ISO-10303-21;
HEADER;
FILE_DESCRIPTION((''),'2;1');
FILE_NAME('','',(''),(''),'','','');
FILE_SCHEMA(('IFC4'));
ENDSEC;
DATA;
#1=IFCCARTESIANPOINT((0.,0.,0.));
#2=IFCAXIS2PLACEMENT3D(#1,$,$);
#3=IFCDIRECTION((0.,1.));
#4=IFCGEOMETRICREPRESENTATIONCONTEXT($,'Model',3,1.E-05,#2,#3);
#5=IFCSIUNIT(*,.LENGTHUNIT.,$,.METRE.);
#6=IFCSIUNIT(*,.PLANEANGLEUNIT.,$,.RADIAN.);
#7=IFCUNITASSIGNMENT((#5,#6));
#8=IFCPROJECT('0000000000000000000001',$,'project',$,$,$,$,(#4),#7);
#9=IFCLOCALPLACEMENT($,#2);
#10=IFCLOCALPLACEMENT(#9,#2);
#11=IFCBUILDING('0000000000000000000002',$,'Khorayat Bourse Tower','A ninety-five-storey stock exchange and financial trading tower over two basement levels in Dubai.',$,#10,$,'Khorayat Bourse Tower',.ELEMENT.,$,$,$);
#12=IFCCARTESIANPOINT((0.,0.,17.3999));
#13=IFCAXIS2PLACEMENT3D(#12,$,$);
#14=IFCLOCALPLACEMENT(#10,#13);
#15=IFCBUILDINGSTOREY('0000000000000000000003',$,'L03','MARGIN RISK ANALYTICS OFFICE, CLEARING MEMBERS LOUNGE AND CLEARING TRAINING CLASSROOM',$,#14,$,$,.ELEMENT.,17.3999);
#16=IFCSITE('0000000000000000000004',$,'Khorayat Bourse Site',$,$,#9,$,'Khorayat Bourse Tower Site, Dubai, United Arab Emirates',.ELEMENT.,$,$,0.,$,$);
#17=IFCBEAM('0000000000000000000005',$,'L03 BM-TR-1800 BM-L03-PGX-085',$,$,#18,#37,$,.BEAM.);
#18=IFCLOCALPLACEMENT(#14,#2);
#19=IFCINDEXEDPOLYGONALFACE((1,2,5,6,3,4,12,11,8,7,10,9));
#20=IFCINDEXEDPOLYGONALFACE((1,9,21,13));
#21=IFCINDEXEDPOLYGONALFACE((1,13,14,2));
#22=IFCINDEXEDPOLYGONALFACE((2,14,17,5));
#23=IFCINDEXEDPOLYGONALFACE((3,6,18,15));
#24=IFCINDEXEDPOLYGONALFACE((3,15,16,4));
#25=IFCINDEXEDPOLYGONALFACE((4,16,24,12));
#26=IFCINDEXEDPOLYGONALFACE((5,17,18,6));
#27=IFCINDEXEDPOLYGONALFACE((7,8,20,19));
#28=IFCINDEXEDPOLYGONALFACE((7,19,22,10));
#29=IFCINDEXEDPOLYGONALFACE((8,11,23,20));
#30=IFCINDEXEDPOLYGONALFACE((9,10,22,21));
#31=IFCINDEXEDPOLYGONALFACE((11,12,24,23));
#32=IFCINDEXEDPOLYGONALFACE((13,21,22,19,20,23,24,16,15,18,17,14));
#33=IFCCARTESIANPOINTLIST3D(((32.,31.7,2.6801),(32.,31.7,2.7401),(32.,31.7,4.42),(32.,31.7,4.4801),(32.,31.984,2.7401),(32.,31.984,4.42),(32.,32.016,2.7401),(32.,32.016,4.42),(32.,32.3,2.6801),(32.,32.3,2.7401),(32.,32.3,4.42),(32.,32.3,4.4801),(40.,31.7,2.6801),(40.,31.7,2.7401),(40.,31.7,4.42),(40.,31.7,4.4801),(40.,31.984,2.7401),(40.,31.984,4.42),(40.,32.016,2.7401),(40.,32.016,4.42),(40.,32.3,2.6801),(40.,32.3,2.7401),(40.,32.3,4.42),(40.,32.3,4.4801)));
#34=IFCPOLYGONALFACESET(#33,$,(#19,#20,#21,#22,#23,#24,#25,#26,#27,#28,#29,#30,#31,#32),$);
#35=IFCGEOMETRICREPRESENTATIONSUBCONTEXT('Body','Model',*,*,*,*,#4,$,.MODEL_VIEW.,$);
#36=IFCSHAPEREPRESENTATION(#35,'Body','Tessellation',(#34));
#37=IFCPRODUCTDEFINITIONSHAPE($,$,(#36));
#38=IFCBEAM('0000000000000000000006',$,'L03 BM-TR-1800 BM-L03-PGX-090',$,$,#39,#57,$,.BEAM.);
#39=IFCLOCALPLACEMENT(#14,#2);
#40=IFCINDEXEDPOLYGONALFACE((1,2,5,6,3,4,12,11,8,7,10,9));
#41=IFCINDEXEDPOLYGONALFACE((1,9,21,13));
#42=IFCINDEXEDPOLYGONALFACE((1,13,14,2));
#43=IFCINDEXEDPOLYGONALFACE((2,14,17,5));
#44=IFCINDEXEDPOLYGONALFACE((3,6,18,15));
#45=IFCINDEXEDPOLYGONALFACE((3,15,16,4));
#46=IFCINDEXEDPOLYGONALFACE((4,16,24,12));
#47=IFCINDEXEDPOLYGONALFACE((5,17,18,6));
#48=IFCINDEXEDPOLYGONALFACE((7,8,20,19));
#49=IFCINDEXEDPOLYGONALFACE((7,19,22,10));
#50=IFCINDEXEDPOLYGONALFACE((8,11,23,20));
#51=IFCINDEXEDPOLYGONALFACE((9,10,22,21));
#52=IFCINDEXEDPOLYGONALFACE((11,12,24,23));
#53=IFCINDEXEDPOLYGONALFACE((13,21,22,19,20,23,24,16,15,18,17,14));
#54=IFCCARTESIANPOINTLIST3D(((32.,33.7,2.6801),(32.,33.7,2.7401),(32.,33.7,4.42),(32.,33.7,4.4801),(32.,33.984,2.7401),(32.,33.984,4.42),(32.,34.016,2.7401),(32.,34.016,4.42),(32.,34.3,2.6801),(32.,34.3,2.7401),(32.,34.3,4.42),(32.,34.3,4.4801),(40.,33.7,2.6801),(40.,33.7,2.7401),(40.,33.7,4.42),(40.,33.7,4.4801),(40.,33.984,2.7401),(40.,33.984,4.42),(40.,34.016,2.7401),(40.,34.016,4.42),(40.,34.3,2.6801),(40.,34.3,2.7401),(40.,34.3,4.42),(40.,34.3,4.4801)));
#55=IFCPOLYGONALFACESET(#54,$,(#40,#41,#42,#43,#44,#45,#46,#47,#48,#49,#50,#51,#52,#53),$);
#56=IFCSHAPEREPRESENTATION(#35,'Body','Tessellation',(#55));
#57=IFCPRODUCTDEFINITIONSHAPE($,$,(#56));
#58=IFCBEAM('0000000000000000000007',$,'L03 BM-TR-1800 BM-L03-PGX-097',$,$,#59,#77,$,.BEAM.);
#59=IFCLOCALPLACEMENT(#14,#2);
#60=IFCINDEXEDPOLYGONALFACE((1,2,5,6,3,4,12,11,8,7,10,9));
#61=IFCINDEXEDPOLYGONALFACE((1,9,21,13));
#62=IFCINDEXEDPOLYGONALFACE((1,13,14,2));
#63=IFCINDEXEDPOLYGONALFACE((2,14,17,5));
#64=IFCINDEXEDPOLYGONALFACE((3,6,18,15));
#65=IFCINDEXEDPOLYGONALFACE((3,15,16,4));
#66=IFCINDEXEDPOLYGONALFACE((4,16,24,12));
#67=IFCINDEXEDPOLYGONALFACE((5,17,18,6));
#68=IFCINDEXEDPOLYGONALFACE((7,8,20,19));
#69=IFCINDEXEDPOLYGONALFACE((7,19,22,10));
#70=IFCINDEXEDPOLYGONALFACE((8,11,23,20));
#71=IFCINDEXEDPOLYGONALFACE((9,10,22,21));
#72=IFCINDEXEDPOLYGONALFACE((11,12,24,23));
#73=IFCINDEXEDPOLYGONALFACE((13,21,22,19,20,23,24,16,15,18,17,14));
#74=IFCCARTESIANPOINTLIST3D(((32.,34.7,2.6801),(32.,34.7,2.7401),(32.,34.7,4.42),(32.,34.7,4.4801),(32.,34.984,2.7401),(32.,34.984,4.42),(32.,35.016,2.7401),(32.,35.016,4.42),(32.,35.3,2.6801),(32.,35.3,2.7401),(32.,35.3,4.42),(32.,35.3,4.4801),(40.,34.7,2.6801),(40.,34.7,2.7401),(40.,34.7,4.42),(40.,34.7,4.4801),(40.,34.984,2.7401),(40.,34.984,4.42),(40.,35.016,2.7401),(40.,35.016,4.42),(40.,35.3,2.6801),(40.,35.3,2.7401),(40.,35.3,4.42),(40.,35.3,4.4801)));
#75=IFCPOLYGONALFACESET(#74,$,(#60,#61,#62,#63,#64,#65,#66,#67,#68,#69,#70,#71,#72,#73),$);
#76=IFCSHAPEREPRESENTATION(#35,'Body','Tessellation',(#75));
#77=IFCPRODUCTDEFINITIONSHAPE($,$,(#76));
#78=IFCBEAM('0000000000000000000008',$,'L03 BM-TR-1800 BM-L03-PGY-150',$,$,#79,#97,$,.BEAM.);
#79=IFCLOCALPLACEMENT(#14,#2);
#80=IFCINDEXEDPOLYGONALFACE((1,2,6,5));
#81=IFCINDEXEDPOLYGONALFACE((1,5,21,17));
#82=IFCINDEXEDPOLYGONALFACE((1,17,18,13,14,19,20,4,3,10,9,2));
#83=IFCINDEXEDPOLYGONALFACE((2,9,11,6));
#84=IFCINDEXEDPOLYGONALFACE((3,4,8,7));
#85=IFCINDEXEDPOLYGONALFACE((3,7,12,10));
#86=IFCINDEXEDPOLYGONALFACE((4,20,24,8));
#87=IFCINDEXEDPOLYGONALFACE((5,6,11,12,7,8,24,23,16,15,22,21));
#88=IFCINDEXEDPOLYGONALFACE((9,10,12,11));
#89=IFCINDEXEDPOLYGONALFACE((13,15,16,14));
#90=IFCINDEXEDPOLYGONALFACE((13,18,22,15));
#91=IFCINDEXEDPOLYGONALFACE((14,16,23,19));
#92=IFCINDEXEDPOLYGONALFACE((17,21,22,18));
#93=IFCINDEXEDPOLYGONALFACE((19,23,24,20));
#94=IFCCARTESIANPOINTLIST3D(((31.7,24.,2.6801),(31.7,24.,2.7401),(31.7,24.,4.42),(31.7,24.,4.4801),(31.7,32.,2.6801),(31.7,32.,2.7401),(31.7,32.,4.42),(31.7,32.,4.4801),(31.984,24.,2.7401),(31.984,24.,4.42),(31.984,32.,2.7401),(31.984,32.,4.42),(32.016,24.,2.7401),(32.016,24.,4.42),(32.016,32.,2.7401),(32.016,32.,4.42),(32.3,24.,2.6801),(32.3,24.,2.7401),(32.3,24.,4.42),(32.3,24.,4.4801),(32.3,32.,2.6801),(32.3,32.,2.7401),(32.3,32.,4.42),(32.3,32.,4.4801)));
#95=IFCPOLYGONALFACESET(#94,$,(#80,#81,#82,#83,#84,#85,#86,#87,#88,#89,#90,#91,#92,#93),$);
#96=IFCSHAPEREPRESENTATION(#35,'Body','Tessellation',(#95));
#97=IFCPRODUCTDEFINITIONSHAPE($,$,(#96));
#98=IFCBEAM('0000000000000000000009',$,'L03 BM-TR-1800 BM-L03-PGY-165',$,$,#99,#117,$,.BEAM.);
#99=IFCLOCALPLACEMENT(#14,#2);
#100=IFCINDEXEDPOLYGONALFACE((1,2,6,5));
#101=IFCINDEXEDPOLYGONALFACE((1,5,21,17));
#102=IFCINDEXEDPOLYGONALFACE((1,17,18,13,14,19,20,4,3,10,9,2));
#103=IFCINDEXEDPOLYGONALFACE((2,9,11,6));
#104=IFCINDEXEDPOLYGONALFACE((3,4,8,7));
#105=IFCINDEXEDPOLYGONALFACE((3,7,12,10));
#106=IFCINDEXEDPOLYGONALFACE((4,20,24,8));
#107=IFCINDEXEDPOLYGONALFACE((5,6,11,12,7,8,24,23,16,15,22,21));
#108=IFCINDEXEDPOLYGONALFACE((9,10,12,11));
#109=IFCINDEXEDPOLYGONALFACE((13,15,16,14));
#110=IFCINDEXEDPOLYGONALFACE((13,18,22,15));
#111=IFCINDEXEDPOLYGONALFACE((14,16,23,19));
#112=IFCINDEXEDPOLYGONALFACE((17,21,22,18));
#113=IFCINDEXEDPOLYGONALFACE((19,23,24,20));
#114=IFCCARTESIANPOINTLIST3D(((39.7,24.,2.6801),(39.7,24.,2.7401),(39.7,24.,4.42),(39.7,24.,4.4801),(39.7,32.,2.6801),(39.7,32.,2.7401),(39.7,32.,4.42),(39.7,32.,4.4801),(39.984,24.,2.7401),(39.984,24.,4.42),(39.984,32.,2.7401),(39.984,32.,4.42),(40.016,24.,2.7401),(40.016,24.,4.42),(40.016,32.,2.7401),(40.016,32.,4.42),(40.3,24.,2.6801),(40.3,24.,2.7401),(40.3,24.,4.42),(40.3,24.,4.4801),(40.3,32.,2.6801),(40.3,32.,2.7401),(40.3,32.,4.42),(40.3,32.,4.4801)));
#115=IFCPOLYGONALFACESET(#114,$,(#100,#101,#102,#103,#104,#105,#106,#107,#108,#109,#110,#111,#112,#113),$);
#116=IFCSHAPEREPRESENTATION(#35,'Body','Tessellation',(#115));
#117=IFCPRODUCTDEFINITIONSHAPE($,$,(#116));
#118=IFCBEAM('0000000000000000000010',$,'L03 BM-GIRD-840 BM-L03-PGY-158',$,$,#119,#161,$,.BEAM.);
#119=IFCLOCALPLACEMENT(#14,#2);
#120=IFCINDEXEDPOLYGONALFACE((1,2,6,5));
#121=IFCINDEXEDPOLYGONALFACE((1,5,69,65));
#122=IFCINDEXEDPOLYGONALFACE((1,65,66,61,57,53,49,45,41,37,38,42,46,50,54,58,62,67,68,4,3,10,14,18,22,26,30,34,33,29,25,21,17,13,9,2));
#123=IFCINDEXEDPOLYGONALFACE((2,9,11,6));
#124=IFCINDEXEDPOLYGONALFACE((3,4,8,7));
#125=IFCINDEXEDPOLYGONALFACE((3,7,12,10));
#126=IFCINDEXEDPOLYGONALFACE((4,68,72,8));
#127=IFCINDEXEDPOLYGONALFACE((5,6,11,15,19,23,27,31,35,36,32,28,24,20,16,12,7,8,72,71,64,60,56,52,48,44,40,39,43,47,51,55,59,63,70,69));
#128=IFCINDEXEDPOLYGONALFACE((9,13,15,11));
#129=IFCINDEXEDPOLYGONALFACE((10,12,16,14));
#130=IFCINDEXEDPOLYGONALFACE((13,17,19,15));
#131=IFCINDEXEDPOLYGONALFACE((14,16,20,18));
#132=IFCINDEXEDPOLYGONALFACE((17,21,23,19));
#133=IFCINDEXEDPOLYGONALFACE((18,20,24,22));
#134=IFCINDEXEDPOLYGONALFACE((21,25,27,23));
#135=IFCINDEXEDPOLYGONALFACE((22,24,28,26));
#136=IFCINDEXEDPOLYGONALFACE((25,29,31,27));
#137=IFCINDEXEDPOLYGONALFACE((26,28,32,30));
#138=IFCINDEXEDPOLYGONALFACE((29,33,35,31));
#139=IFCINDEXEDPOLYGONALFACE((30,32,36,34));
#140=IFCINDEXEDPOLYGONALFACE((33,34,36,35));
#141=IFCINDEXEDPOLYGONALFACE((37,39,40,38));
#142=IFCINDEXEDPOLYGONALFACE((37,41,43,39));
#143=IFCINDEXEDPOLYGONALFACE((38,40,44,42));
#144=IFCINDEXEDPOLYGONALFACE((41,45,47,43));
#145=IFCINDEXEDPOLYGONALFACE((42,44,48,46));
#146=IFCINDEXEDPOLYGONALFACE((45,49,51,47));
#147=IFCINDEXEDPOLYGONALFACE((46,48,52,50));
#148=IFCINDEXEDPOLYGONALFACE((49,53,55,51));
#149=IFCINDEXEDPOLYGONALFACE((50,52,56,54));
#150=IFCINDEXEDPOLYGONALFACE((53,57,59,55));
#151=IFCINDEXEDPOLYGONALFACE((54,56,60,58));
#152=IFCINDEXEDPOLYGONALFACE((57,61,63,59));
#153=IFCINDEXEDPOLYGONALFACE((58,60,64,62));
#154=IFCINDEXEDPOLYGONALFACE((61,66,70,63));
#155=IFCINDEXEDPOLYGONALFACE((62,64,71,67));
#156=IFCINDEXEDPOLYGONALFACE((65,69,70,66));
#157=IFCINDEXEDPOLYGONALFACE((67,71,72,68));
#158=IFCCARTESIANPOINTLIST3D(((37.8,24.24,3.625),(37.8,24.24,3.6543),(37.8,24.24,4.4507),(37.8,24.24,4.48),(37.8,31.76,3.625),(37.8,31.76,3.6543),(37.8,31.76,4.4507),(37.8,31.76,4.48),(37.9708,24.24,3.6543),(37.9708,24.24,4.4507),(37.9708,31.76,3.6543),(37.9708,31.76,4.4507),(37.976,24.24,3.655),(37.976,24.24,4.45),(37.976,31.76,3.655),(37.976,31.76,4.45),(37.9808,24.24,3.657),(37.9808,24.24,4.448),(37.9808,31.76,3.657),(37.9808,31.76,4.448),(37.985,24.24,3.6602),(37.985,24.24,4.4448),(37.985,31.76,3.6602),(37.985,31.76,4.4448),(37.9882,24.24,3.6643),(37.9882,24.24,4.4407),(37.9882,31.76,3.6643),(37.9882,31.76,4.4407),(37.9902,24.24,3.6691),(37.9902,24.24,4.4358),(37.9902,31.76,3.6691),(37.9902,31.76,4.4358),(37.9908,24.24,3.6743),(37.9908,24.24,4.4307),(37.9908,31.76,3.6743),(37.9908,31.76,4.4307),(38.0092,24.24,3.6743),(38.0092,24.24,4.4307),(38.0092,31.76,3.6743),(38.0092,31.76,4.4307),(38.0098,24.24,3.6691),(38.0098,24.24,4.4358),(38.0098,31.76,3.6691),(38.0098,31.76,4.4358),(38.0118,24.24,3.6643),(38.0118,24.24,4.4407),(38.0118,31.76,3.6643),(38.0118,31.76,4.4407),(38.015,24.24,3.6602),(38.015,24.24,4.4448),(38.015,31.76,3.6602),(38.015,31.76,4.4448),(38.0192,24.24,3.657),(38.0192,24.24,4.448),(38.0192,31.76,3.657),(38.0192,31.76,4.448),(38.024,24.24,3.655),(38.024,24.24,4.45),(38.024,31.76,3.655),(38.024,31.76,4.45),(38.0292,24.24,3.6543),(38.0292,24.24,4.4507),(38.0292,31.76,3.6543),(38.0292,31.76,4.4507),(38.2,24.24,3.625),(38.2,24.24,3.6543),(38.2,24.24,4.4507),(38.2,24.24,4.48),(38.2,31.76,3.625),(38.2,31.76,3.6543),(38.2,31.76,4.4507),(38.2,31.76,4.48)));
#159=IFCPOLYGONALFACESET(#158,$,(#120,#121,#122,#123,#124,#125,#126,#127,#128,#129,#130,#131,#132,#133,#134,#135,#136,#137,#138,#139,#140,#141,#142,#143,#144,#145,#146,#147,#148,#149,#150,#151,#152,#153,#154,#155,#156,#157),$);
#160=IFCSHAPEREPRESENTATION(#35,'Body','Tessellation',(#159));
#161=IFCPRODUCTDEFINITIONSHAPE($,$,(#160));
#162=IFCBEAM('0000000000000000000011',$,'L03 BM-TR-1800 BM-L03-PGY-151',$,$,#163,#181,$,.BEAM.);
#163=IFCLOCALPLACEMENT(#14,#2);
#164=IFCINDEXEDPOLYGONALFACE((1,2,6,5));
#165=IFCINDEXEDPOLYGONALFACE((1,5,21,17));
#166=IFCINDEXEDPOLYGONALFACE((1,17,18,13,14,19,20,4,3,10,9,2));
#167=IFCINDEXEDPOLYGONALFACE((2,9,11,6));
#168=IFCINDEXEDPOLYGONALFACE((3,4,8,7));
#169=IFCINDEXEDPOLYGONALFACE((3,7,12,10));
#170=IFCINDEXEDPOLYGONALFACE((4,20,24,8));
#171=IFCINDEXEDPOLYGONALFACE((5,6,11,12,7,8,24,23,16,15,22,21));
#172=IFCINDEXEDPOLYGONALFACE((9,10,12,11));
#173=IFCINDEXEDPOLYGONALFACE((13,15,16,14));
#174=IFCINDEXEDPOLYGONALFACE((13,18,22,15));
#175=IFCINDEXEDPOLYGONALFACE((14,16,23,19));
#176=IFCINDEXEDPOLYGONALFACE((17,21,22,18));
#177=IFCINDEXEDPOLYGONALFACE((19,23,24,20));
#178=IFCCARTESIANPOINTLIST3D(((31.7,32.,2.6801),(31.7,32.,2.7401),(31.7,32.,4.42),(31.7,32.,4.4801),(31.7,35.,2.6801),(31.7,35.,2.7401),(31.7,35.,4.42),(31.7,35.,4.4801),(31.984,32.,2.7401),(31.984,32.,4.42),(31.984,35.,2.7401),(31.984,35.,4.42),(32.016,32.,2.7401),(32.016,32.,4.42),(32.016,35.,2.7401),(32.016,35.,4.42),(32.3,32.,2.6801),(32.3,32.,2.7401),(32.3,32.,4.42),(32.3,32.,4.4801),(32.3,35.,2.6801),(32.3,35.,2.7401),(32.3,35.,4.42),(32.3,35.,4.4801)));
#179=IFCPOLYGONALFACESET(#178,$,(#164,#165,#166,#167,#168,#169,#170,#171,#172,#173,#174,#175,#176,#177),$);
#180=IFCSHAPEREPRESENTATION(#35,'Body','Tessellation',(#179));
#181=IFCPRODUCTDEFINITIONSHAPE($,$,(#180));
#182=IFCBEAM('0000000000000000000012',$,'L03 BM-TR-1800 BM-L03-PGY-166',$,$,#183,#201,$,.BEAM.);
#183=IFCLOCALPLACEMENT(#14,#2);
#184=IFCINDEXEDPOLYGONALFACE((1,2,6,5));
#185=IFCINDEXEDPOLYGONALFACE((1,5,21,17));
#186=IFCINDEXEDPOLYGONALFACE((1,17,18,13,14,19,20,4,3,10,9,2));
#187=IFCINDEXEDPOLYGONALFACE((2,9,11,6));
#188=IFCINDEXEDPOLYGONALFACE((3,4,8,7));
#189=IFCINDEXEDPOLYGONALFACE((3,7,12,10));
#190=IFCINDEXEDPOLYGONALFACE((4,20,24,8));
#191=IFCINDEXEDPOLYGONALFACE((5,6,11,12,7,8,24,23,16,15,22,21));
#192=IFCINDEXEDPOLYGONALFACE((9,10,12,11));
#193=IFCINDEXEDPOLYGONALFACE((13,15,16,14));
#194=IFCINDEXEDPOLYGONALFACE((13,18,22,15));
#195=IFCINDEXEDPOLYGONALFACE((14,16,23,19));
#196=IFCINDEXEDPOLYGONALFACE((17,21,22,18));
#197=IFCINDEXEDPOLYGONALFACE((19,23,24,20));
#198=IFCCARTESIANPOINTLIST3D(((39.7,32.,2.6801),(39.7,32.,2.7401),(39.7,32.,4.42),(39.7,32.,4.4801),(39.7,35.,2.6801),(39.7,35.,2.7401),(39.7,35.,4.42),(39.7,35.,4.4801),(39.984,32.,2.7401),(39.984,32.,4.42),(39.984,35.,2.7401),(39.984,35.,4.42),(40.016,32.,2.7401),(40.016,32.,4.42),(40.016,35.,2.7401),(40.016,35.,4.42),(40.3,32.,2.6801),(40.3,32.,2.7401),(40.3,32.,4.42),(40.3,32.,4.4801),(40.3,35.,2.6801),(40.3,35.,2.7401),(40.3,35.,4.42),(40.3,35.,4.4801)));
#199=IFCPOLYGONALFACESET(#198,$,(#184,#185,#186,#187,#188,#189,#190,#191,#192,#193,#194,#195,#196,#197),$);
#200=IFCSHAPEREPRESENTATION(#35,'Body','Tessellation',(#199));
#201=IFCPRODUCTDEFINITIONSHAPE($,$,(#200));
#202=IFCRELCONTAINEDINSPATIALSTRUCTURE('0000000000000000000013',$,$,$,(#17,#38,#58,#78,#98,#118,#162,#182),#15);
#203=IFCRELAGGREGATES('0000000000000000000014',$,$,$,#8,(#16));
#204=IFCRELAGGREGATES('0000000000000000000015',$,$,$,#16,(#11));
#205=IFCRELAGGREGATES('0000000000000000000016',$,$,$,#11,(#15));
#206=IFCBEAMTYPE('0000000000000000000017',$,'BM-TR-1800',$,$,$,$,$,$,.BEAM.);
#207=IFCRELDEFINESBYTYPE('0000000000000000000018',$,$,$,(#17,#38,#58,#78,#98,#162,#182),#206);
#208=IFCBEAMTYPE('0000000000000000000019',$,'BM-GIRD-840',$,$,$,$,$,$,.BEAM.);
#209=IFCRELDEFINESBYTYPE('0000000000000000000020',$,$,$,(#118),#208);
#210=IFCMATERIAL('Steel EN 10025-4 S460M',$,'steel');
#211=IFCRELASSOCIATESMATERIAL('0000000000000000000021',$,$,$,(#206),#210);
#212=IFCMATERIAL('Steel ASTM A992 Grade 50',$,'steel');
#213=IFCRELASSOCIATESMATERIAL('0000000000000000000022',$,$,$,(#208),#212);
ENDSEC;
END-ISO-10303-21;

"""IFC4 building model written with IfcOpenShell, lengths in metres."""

from ifc_helpers import new_model, si_unit, direction, frame, origin, origin_2d, place, context, subcontext, project, spatial, i_section, extrude, source, transform, mapped, material, material_profile, profile_set, type_object, element, save


model = new_model("IFC4")

# Units and contexts
model_context = context("Model", 3, precision=1e-05, world=origin(), true_north=direction((0.0, 1.0)))
body_context = subcontext(model_context, "Body", "Model", "MODEL_VIEW")
ifc_project = project(units=[si_unit("LENGTHUNIT", "METRE"), si_unit("PLANEANGLEUNIT", "RADIAN")], contexts=[model_context])

# Site, building, storey
site_placement = place(None, origin())
site = spatial("IfcSite", under=ifc_project, at=site_placement, Name="Khorayat Bourse Site", LongName="Khorayat Bourse Tower Site, Dubai, United Arab Emirates", CompositionType="ELEMENT", RefElevation=0.0)
building_placement = place(site_placement, origin())
building = spatial("IfcBuilding", under=site, at=building_placement, Name="Khorayat Bourse Tower", Description="A ninety-five-storey stock exchange and financial trading tower over two basement levels in Dubai.", LongName="Khorayat Bourse Tower", CompositionType="ELEMENT")
storey_placement = place(building_placement, frame((0.0, 0.0, 17.3999)))
storey = spatial("IfcBuildingStorey", under=building, at=storey_placement, Name="L03", Description="MARGIN RISK ANALYTICS OFFICE, CLEARING MEMBERS LOUNGE AND CLEARING TRAINING CLASSROOM", CompositionType="ELEMENT", Elevation=17.3999)

# Beams
ifc_material_1 = material(Name="Steel EN 10025-4 S460M", Category="steel")
ifc_material_profile_1 = material_profile(ifc_material_1, i_section(OverallWidth=0.6001, OverallDepth=1.8, WebThickness=0.032, FlangeThickness=0.0601, at=origin_2d()), Name="PG 1800x600x32x60")
ifc_profile_set_1 = profile_set([ifc_material_profile_1], Name="Steel EN 10025-4 S460M")
beam_type_1 = type_object("IfcBeamType", Name="BM-TR-1800", PredefinedType="BEAM", material=ifc_profile_set_1)
shared_shape_1 = source(origin(), body_context, "Body", "SweptSolid", [
    extrude(i_section(OverallWidth=0.6001, OverallDepth=1.8, WebThickness=0.032, FlangeThickness=0.0601, at=origin_2d()), origin(), (0.0, 0.0, 1.0), 8.0),
])
for number, where, z_axis, x_axis, name in (
    (1, (32.0, 32.0, 3.5801), (1.0, 0.0, 0.0), (0.0, 1.0, 0.0), "L03 BM-TR-1800 BM-L03-PGX-085"),
    (2, (32.0, 34.0, 3.5801), (1.0, 0.0, 0.0), (0.0, 1.0, 0.0), "L03 BM-TR-1800 BM-L03-PGX-090"),
    (3, (32.0, 35.0, 3.5801), (1.0, 0.0, 0.0), (0.0, 1.0, 0.0), "L03 BM-TR-1800 BM-L03-PGX-097"),
    (4, (32.0, 24.0, 3.5801), (0.0, 1.0, 0.0), (-1.0, 0.0, 0.0), "L03 BM-TR-1800 BM-L03-PGY-150"),
    (5, (40.0, 24.0, 3.5801), (0.0, 1.0, 0.0), (-1.0, 0.0, 0.0), "L03 BM-TR-1800 BM-L03-PGY-165"),
):
    element("IfcBeam", number, at=place(storey_placement, frame(where, z_axis=z_axis, x_axis=x_axis)), inside=storey, type_object=beam_type_1, Name=name, PredefinedType="BEAM", context=body_context, shape_type="MappedRepresentation", body=[
        mapped(shared_shape_1, transform((0.0, 0.0, 0.0), scale=1.0)),
    ])
ifc_material_2 = material(Name="Steel ASTM A992 Grade 50", Category="steel")
ifc_material_profile_2 = material_profile(ifc_material_2, i_section(OverallWidth=0.3999, OverallDepth=0.855, WebThickness=0.0183, FlangeThickness=0.0293, FilletRadius=0.02, at=origin_2d()), Name="W840X299")
ifc_profile_set_2 = profile_set([ifc_material_profile_2], Name="Steel ASTM A992 Grade 50")
beam_type_2 = type_object("IfcBeamType", Name="BM-GIRD-840", PredefinedType="BEAM", material=ifc_profile_set_2)
shared_shape_2 = source(origin(), body_context, "Body", "SweptSolid", [
    extrude(i_section(OverallWidth=0.3999, OverallDepth=0.855, WebThickness=0.0183, FlangeThickness=0.0293, FilletRadius=0.02, at=origin_2d()), origin(), (0.0, 0.0, 1.0), 7.52),
])
beam_1_placement = place(storey_placement, frame((38.0, 24.24, 4.0525), z_axis=(0.0, 1.0, 0.0), x_axis=(-1.0, 0.0, 0.0)))
element("IfcBeam", 6, at=beam_1_placement, inside=storey, type_object=beam_type_2, Name="L03 BM-GIRD-840 BM-L03-PGY-158", PredefinedType="BEAM", context=body_context, shape_type="MappedRepresentation", body=[
    mapped(shared_shape_2, transform((0.0, 0.0, 0.0), scale=1.0)),
])
shared_shape_3 = source(origin(), body_context, "Body", "SweptSolid", [
    extrude(i_section(OverallWidth=0.6001, OverallDepth=1.8, WebThickness=0.032, FlangeThickness=0.0601, at=origin_2d()), origin(), (0.0, 0.0, 1.0), 3.0),
])
for number, where, z_axis, x_axis, name in (
    (7, (32.0, 32.0, 3.5801), (0.0, 1.0, 0.0), (-1.0, 0.0, 0.0), "L03 BM-TR-1800 BM-L03-PGY-151"),
    (8, (40.0, 32.0, 3.5801), (0.0, 1.0, 0.0), (-1.0, 0.0, 0.0), "L03 BM-TR-1800 BM-L03-PGY-166"),
):
    element("IfcBeam", number, at=place(storey_placement, frame(where, z_axis=z_axis, x_axis=x_axis)), inside=storey, type_object=beam_type_1, Name=name, PredefinedType="BEAM", context=body_context, shape_type="MappedRepresentation", body=[
        mapped(shared_shape_3, transform((0.0, 0.0, 0.0), scale=1.0)),
    ])

save(model, "model.ifc")
